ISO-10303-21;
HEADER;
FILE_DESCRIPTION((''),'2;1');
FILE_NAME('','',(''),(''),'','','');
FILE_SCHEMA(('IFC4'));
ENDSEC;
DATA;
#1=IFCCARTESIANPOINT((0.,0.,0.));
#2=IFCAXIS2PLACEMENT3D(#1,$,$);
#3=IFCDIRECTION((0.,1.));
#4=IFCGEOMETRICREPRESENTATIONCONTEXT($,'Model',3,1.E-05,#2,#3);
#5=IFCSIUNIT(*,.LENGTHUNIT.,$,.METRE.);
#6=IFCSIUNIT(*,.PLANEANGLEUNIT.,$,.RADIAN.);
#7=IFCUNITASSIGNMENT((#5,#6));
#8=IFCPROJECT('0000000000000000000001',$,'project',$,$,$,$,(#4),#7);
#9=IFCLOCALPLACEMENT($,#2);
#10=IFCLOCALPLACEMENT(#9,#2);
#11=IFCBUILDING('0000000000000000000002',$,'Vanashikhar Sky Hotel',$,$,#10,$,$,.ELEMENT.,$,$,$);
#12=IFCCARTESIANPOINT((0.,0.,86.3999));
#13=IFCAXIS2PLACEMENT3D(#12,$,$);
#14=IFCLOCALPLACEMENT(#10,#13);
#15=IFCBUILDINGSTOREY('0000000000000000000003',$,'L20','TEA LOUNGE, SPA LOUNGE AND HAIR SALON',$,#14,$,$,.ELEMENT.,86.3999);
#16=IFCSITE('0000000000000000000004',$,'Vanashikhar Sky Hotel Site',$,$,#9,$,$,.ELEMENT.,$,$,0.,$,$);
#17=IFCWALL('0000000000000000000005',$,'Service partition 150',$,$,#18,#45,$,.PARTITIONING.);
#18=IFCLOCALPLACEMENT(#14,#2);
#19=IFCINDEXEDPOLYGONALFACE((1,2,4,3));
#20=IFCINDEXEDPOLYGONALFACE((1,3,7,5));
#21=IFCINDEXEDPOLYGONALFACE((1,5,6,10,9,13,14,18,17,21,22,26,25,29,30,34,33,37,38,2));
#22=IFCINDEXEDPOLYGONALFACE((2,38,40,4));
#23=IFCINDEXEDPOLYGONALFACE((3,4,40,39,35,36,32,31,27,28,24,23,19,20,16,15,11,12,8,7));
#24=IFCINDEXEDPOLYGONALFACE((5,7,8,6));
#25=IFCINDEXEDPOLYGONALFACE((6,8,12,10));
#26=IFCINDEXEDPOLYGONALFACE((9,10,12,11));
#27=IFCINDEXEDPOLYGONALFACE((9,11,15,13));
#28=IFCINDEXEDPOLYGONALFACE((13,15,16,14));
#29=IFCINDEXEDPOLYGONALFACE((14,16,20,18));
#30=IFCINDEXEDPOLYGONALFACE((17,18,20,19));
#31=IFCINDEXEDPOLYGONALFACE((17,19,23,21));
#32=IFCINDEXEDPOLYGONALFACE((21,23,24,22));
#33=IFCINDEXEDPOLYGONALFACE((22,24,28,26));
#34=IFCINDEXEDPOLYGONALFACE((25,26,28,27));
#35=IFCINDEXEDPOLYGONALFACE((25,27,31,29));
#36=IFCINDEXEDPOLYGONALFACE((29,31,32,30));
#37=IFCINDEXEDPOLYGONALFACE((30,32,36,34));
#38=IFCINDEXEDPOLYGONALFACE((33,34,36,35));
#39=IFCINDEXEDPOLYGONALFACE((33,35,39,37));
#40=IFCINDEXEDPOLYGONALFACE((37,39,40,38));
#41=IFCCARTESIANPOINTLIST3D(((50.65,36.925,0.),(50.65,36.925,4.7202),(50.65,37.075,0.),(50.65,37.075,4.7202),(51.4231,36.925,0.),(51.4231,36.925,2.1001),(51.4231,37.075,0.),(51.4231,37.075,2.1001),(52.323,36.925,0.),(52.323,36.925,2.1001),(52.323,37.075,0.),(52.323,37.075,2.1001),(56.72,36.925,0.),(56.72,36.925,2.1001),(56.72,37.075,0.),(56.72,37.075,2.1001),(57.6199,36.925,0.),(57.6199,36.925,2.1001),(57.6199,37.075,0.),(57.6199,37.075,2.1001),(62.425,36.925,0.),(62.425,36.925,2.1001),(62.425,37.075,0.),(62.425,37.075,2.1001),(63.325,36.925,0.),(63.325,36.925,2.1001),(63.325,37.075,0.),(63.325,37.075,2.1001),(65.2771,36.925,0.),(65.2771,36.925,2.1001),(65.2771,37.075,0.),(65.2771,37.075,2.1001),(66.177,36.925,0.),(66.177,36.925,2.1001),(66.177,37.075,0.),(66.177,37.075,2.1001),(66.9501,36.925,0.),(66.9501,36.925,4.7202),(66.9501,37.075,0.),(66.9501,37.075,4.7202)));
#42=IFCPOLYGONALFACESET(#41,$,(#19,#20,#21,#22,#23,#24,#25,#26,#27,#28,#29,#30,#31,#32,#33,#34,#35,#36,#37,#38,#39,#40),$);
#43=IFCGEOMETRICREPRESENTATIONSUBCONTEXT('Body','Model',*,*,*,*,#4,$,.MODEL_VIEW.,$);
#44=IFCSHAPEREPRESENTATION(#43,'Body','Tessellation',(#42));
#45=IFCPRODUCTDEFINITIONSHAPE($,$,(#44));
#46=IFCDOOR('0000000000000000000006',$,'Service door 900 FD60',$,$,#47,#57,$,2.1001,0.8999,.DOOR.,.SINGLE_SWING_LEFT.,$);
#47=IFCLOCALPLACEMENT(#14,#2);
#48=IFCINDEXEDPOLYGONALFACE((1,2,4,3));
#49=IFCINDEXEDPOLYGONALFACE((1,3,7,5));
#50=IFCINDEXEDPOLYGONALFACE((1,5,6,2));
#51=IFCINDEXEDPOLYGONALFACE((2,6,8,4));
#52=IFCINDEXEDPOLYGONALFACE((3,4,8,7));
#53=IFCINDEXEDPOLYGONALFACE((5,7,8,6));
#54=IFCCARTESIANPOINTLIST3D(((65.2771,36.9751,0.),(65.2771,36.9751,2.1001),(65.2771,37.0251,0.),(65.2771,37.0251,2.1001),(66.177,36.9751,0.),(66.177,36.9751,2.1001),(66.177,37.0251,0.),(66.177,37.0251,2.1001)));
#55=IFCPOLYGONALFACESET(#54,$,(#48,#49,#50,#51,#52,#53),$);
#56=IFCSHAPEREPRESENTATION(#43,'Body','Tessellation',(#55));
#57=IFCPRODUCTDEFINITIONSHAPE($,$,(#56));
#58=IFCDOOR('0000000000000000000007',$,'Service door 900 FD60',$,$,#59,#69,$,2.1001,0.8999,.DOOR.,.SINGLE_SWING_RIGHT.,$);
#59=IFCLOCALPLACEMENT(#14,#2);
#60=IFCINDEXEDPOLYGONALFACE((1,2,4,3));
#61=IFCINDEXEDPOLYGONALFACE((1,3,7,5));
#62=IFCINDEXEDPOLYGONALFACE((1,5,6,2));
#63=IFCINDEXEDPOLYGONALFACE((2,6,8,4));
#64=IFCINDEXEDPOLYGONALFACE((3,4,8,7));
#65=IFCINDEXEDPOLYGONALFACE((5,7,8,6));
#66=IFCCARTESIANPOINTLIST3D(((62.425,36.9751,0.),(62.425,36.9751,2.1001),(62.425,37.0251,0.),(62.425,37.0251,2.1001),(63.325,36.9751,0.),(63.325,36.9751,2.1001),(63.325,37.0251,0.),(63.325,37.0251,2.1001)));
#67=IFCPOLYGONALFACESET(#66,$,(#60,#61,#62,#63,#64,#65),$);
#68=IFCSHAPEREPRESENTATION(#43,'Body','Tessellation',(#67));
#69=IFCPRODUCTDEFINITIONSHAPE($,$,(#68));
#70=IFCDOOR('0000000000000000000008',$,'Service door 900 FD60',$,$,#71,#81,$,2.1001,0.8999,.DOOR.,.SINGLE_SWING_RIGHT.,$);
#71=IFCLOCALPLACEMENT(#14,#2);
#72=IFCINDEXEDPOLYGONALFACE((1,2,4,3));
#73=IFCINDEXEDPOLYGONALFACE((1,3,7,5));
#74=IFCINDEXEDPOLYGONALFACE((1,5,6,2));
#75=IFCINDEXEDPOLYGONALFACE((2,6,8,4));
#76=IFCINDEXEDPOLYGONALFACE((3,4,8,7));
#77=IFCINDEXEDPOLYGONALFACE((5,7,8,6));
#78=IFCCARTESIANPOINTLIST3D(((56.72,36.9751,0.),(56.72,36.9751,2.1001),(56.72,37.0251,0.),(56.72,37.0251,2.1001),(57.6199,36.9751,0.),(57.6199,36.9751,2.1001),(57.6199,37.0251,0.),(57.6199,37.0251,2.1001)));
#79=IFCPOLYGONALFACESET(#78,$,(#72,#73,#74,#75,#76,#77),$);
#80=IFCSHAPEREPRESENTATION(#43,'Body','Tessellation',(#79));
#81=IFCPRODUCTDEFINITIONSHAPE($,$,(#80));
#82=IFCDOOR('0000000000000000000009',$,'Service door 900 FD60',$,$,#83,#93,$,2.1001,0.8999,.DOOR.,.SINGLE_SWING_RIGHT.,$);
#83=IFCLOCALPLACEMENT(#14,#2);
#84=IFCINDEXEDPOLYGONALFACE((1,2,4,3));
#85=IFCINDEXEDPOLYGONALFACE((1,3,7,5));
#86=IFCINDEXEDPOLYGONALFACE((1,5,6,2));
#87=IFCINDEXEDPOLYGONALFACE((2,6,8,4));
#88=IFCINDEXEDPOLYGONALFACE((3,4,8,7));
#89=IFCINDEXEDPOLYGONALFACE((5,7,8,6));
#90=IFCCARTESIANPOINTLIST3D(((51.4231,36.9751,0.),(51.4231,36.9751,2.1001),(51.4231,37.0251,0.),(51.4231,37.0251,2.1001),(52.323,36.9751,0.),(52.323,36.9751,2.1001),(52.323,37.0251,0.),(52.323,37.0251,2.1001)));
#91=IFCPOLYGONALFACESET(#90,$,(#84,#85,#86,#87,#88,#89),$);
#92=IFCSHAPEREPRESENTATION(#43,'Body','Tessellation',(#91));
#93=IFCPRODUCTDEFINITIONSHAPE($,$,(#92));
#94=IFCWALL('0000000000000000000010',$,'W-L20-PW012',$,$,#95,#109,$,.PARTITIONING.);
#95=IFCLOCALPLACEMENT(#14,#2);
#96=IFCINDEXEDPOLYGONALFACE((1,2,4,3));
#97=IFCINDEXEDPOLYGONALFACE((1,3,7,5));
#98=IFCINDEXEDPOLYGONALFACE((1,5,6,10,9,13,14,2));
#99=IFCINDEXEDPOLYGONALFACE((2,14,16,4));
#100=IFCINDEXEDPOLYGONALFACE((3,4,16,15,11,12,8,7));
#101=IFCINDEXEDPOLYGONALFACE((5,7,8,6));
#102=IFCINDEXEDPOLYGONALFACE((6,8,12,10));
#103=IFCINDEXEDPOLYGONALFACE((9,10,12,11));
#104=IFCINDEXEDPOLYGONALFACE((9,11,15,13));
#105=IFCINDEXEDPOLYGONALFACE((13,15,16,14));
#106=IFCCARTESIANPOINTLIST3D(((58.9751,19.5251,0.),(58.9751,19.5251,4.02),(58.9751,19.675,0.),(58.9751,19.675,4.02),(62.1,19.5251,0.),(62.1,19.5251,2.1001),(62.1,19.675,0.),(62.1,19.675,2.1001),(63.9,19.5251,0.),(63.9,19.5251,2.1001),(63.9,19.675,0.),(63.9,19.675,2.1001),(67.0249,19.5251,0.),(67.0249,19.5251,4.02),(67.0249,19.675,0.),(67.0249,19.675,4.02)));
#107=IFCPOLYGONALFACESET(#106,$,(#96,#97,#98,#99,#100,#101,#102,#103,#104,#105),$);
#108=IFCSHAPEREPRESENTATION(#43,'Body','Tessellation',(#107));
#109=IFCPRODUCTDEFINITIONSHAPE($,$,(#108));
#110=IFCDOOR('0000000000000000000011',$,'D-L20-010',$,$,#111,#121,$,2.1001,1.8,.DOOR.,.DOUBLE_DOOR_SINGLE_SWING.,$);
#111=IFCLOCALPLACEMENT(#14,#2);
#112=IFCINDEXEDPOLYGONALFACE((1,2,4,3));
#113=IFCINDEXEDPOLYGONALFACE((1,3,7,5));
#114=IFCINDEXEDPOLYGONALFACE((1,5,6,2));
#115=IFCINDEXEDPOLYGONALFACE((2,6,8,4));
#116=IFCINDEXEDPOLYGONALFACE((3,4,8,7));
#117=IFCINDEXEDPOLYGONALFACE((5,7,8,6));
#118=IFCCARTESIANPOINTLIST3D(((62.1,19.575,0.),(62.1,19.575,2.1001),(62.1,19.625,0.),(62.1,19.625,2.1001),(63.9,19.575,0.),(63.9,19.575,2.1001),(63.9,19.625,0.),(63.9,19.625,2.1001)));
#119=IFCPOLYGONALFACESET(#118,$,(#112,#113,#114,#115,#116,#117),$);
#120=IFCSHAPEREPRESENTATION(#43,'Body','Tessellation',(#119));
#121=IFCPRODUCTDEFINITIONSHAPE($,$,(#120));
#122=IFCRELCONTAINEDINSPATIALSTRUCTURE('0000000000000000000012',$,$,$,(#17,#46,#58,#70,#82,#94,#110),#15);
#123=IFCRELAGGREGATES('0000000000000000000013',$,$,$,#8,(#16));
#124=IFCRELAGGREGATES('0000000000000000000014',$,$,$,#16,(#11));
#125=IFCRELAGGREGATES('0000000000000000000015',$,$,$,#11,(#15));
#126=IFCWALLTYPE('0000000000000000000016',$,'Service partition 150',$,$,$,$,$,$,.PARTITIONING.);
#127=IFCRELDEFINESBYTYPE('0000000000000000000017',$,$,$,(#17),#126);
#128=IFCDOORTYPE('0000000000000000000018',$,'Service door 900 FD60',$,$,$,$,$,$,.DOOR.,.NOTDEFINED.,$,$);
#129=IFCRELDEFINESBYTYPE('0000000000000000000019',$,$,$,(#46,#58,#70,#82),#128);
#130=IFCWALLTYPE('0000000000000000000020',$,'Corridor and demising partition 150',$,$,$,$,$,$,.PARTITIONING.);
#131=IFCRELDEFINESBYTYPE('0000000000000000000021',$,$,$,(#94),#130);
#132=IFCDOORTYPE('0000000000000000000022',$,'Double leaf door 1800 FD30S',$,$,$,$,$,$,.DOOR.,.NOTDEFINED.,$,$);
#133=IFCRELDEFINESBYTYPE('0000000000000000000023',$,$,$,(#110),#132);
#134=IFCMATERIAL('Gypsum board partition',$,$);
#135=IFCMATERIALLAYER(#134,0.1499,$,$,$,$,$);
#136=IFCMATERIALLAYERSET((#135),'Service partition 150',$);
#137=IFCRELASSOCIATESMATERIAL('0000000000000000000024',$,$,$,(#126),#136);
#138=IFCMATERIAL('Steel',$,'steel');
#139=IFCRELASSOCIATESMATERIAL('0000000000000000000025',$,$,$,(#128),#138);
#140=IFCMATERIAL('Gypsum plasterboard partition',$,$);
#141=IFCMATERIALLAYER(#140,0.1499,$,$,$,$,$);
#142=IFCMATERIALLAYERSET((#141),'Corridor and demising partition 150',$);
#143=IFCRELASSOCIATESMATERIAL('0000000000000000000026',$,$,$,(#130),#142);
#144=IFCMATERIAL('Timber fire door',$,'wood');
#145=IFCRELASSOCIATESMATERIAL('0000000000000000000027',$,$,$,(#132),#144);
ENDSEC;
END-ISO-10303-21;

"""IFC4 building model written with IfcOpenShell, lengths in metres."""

from ifc_helpers import new_model, si_unit, direction, frame, frame_2d, origin, place, context, subcontext, project, spatial, rectangle, extrude, source, transform, mapped, material, layer, layer_set, type_object, element, fill, save


model = new_model("IFC4")

# Units and contexts
model_context = context("Model", 3, precision=1e-05, world=origin(), true_north=direction((0.0, 1.0)))
body_context = subcontext(model_context, "Body", "Model", "MODEL_VIEW")
ifc_project = project(units=[si_unit("LENGTHUNIT", "METRE"), si_unit("PLANEANGLEUNIT", "RADIAN")], contexts=[model_context])

# Site, building, storey
site_placement = place(None, origin())
site = spatial("IfcSite", under=ifc_project, at=site_placement, Name="Vanashikhar Sky Hotel Site", CompositionType="ELEMENT", RefElevation=0.0)
building_placement = place(site_placement, origin())
building = spatial("IfcBuilding", under=site, at=building_placement, Name="Vanashikhar Sky Hotel", CompositionType="ELEMENT")
storey_placement = place(building_placement, frame((0.0, 0.0, 86.3999)))
storey = spatial("IfcBuildingStorey", under=building, at=storey_placement, Name="L20", Description="TEA LOUNGE, SPA LOUNGE AND HAIR SALON", CompositionType="ELEMENT", Elevation=86.3999)

# Shared definitions
ifc_material_1 = material(Name="Steel", Category="steel")

# Shared definitions
ifc_material_2 = material(Name="Gypsum board partition")
ifc_layer_1 = layer(ifc_material_2, 0.1499)
ifc_layer_set_1 = layer_set([ifc_layer_1], Name="Service partition 150")
wall_type_1 = type_object("IfcWallType", Name="Service partition 150", PredefinedType="PARTITIONING", material=ifc_layer_set_1)

# Shared definitions
shared_shape_1 = source(origin(), body_context, "Body", "SweptSolid", [
    extrude(rectangle(XDim=0.8999, YDim=2.1001, at=frame_2d((0.45, 1.05))), frame((0.0, 0.085, 0.0), z_axis=(0.0, -1.0, 0.0), x_axis=(1.0, 0.0, 0.0)), (0.0, 0.0, 1.0), 0.1699),
])
door_type_1 = type_object("IfcDoorType", Name="Service door 900 FD60", OperationType="NOTDEFINED", PredefinedType="DOOR", material=ifc_material_1)
shared_shape_2 = source(origin(), body_context, "Body", "SweptSolid", [
    extrude(rectangle(XDim=0.8999, YDim=2.1001, at=frame_2d((0.45, 1.05))), frame((0.0, 0.0249, 0.0), z_axis=(0.0, -1.0, 0.0), x_axis=(1.0, 0.0, 0.0)), (0.0, 0.0, 1.0), 0.05),
])

# Wall, openings, doors
shared_shape_3 = source(origin(), body_context, "Body", "SweptSolid", [
    extrude(rectangle(XDim=16.3, YDim=0.1499, at=frame_2d((8.1499, 0.0))), origin(), (0.0, 0.0, 1.0), 4.7202),
])
wall_1_placement = place(storey_placement, frame((66.95, 37.0, 0.0), z_axis=(0.0, 0.0, 1.0), x_axis=(-1.0, 0.0, 0.0)))
wall_1 = element("IfcWall", 1, at=wall_1_placement, inside=storey, type_object=wall_type_1, Name="Service partition 150", PredefinedType="PARTITIONING", context=body_context, shape_type="MappedRepresentation", body=[
    mapped(shared_shape_3, transform((0.0, 0.0, 0.0), scale=1.0)),
])
opening_1_placement = place(wall_1_placement, frame((0.7729, 0.0, 0.0)))
opening_1 = element("IfcOpeningElement", 2, at=opening_1_placement, cuts=wall_1, PredefinedType="OPENING", context=body_context, shape_type="MappedRepresentation", body=[
    mapped(shared_shape_1, transform((0.0, 0.0, 0.0), scale=1.0)),
])
opening_2_placement = place(wall_1_placement, frame((3.625, 0.0, 0.0)))
opening_2 = element("IfcOpeningElement", 3, at=opening_2_placement, cuts=wall_1, PredefinedType="OPENING", context=body_context, shape_type="MappedRepresentation", body=[
    mapped(shared_shape_1, transform((0.0, 0.0, 0.0), scale=1.0)),
])
opening_3_placement = place(wall_1_placement, frame((9.3301, 0.0, 0.0)))
opening_3 = element("IfcOpeningElement", 4, at=opening_3_placement, cuts=wall_1, PredefinedType="OPENING", context=body_context, shape_type="MappedRepresentation", body=[
    mapped(shared_shape_1, transform((0.0, 0.0, 0.0), scale=1.0)),
])
opening_4_placement = place(wall_1_placement, frame((14.627, 0.0, 0.0)))
opening_4 = element("IfcOpeningElement", 5, at=opening_4_placement, cuts=wall_1, PredefinedType="OPENING", context=body_context, shape_type="MappedRepresentation", body=[
    mapped(shared_shape_1, transform((0.0, 0.0, 0.0), scale=1.0)),
])
door_1_placement = place(opening_1_placement, origin())
door_1 = element("IfcDoor", 6, at=door_1_placement, inside=storey, type_object=door_type_1, Name="Service door 900 FD60", OperationType="SINGLE_SWING_LEFT", OverallHeight=2.1001, OverallWidth=0.8999, PredefinedType="DOOR", context=body_context, shape_type="MappedRepresentation", body=[
    mapped(shared_shape_2, transform((0.0, 0.0, 0.0), scale=1.0)),
])
fill(opening_1, door_1)
door_2_placement = place(opening_2_placement, origin())
door_2 = element("IfcDoor", 7, at=door_2_placement, inside=storey, type_object=door_type_1, Name="Service door 900 FD60", OperationType="SINGLE_SWING_RIGHT", OverallHeight=2.1001, OverallWidth=0.8999, PredefinedType="DOOR", context=body_context, shape_type="MappedRepresentation", body=[
    mapped(shared_shape_2, transform((0.0, 0.0, 0.0), scale=1.0)),
])
fill(opening_2, door_2)
door_3_placement = place(opening_3_placement, origin())
door_3 = element("IfcDoor", 8, at=door_3_placement, inside=storey, type_object=door_type_1, Name="Service door 900 FD60", OperationType="SINGLE_SWING_RIGHT", OverallHeight=2.1001, OverallWidth=0.8999, PredefinedType="DOOR", context=body_context, shape_type="MappedRepresentation", body=[
    mapped(shared_shape_2, transform((0.0, 0.0, 0.0), scale=1.0)),
])
fill(opening_3, door_3)
door_4_placement = place(opening_4_placement, origin())
door_4 = element("IfcDoor", 9, at=door_4_placement, inside=storey, type_object=door_type_1, Name="Service door 900 FD60", OperationType="SINGLE_SWING_RIGHT", OverallHeight=2.1001, OverallWidth=0.8999, PredefinedType="DOOR", context=body_context, shape_type="MappedRepresentation", body=[
    mapped(shared_shape_2, transform((0.0, 0.0, 0.0), scale=1.0)),
])
fill(opening_4, door_4)

# Wall, opening, door
ifc_material_3 = material(Name="Gypsum plasterboard partition")
ifc_layer_2 = layer(ifc_material_3, 0.1499)
ifc_layer_set_2 = layer_set([ifc_layer_2], Name="Corridor and demising partition 150")
wall_type_2 = type_object("IfcWallType", Name="Corridor and demising partition 150", PredefinedType="PARTITIONING", material=ifc_layer_set_2)
shared_shape_4 = source(origin(), body_context, "Body", "SweptSolid", [
    extrude(rectangle(XDim=8.0498, YDim=0.1499, at=frame_2d((4.0249, 0.0))), origin(), (0.0, 0.0, 1.0), 4.02),
])
wall_2_placement = place(storey_placement, frame((58.9751, 19.6001, 0.0), z_axis=(0.0, 0.0, 1.0), x_axis=(1.0, 0.0, 0.0)))
wall_2 = element("IfcWall", 10, at=wall_2_placement, inside=storey, type_object=wall_type_2, Name="W-L20-PW012", PredefinedType="PARTITIONING", context=body_context, shape_type="MappedRepresentation", body=[
    mapped(shared_shape_4, transform((0.0, 0.0, 0.0), scale=1.0)),
])
shared_shape_5 = source(origin(), body_context, "Body", "SweptSolid", [
    extrude(rectangle(XDim=1.8, YDim=2.1001, at=frame_2d((0.8999, 1.05))), frame((0.0, 0.085, 0.0), z_axis=(0.0, -1.0, 0.0), x_axis=(1.0, 0.0, 0.0)), (0.0, 0.0, 1.0), 0.1699),
])
opening_5_placement = place(wall_2_placement, frame((3.125, 0.0, 0.0)))
opening_5 = element("IfcOpeningElement", 11, at=opening_5_placement, cuts=wall_2, PredefinedType="OPENING", context=body_context, shape_type="MappedRepresentation", body=[
    mapped(shared_shape_5, transform((0.0, 0.0, 0.0), scale=1.0)),
])
ifc_material_4 = material(Name="Timber fire door", Category="wood")
door_type_2 = type_object("IfcDoorType", Name="Double leaf door 1800 FD30S", OperationType="NOTDEFINED", PredefinedType="DOOR", material=ifc_material_4)
shared_shape_6 = source(origin(), body_context, "Body", "SweptSolid", [
    extrude(rectangle(XDim=1.8, YDim=2.1001, at=frame_2d((0.8999, 1.05))), frame((0.0, 0.0249, 0.0), z_axis=(0.0, -1.0, 0.0), x_axis=(1.0, 0.0, 0.0)), (0.0, 0.0, 1.0), 0.05),
])
door_5_placement = place(opening_5_placement, origin())
door_5 = element("IfcDoor", 12, at=door_5_placement, inside=storey, type_object=door_type_2, Name="D-L20-010", OperationType="DOUBLE_DOOR_SINGLE_SWING", OverallHeight=2.1001, OverallWidth=1.8, PredefinedType="DOOR", context=body_context, shape_type="MappedRepresentation", body=[
    mapped(shared_shape_6, transform((0.0, 0.0, 0.0), scale=1.0)),
])
fill(opening_5, door_5)

save(model, "model.ifc")
